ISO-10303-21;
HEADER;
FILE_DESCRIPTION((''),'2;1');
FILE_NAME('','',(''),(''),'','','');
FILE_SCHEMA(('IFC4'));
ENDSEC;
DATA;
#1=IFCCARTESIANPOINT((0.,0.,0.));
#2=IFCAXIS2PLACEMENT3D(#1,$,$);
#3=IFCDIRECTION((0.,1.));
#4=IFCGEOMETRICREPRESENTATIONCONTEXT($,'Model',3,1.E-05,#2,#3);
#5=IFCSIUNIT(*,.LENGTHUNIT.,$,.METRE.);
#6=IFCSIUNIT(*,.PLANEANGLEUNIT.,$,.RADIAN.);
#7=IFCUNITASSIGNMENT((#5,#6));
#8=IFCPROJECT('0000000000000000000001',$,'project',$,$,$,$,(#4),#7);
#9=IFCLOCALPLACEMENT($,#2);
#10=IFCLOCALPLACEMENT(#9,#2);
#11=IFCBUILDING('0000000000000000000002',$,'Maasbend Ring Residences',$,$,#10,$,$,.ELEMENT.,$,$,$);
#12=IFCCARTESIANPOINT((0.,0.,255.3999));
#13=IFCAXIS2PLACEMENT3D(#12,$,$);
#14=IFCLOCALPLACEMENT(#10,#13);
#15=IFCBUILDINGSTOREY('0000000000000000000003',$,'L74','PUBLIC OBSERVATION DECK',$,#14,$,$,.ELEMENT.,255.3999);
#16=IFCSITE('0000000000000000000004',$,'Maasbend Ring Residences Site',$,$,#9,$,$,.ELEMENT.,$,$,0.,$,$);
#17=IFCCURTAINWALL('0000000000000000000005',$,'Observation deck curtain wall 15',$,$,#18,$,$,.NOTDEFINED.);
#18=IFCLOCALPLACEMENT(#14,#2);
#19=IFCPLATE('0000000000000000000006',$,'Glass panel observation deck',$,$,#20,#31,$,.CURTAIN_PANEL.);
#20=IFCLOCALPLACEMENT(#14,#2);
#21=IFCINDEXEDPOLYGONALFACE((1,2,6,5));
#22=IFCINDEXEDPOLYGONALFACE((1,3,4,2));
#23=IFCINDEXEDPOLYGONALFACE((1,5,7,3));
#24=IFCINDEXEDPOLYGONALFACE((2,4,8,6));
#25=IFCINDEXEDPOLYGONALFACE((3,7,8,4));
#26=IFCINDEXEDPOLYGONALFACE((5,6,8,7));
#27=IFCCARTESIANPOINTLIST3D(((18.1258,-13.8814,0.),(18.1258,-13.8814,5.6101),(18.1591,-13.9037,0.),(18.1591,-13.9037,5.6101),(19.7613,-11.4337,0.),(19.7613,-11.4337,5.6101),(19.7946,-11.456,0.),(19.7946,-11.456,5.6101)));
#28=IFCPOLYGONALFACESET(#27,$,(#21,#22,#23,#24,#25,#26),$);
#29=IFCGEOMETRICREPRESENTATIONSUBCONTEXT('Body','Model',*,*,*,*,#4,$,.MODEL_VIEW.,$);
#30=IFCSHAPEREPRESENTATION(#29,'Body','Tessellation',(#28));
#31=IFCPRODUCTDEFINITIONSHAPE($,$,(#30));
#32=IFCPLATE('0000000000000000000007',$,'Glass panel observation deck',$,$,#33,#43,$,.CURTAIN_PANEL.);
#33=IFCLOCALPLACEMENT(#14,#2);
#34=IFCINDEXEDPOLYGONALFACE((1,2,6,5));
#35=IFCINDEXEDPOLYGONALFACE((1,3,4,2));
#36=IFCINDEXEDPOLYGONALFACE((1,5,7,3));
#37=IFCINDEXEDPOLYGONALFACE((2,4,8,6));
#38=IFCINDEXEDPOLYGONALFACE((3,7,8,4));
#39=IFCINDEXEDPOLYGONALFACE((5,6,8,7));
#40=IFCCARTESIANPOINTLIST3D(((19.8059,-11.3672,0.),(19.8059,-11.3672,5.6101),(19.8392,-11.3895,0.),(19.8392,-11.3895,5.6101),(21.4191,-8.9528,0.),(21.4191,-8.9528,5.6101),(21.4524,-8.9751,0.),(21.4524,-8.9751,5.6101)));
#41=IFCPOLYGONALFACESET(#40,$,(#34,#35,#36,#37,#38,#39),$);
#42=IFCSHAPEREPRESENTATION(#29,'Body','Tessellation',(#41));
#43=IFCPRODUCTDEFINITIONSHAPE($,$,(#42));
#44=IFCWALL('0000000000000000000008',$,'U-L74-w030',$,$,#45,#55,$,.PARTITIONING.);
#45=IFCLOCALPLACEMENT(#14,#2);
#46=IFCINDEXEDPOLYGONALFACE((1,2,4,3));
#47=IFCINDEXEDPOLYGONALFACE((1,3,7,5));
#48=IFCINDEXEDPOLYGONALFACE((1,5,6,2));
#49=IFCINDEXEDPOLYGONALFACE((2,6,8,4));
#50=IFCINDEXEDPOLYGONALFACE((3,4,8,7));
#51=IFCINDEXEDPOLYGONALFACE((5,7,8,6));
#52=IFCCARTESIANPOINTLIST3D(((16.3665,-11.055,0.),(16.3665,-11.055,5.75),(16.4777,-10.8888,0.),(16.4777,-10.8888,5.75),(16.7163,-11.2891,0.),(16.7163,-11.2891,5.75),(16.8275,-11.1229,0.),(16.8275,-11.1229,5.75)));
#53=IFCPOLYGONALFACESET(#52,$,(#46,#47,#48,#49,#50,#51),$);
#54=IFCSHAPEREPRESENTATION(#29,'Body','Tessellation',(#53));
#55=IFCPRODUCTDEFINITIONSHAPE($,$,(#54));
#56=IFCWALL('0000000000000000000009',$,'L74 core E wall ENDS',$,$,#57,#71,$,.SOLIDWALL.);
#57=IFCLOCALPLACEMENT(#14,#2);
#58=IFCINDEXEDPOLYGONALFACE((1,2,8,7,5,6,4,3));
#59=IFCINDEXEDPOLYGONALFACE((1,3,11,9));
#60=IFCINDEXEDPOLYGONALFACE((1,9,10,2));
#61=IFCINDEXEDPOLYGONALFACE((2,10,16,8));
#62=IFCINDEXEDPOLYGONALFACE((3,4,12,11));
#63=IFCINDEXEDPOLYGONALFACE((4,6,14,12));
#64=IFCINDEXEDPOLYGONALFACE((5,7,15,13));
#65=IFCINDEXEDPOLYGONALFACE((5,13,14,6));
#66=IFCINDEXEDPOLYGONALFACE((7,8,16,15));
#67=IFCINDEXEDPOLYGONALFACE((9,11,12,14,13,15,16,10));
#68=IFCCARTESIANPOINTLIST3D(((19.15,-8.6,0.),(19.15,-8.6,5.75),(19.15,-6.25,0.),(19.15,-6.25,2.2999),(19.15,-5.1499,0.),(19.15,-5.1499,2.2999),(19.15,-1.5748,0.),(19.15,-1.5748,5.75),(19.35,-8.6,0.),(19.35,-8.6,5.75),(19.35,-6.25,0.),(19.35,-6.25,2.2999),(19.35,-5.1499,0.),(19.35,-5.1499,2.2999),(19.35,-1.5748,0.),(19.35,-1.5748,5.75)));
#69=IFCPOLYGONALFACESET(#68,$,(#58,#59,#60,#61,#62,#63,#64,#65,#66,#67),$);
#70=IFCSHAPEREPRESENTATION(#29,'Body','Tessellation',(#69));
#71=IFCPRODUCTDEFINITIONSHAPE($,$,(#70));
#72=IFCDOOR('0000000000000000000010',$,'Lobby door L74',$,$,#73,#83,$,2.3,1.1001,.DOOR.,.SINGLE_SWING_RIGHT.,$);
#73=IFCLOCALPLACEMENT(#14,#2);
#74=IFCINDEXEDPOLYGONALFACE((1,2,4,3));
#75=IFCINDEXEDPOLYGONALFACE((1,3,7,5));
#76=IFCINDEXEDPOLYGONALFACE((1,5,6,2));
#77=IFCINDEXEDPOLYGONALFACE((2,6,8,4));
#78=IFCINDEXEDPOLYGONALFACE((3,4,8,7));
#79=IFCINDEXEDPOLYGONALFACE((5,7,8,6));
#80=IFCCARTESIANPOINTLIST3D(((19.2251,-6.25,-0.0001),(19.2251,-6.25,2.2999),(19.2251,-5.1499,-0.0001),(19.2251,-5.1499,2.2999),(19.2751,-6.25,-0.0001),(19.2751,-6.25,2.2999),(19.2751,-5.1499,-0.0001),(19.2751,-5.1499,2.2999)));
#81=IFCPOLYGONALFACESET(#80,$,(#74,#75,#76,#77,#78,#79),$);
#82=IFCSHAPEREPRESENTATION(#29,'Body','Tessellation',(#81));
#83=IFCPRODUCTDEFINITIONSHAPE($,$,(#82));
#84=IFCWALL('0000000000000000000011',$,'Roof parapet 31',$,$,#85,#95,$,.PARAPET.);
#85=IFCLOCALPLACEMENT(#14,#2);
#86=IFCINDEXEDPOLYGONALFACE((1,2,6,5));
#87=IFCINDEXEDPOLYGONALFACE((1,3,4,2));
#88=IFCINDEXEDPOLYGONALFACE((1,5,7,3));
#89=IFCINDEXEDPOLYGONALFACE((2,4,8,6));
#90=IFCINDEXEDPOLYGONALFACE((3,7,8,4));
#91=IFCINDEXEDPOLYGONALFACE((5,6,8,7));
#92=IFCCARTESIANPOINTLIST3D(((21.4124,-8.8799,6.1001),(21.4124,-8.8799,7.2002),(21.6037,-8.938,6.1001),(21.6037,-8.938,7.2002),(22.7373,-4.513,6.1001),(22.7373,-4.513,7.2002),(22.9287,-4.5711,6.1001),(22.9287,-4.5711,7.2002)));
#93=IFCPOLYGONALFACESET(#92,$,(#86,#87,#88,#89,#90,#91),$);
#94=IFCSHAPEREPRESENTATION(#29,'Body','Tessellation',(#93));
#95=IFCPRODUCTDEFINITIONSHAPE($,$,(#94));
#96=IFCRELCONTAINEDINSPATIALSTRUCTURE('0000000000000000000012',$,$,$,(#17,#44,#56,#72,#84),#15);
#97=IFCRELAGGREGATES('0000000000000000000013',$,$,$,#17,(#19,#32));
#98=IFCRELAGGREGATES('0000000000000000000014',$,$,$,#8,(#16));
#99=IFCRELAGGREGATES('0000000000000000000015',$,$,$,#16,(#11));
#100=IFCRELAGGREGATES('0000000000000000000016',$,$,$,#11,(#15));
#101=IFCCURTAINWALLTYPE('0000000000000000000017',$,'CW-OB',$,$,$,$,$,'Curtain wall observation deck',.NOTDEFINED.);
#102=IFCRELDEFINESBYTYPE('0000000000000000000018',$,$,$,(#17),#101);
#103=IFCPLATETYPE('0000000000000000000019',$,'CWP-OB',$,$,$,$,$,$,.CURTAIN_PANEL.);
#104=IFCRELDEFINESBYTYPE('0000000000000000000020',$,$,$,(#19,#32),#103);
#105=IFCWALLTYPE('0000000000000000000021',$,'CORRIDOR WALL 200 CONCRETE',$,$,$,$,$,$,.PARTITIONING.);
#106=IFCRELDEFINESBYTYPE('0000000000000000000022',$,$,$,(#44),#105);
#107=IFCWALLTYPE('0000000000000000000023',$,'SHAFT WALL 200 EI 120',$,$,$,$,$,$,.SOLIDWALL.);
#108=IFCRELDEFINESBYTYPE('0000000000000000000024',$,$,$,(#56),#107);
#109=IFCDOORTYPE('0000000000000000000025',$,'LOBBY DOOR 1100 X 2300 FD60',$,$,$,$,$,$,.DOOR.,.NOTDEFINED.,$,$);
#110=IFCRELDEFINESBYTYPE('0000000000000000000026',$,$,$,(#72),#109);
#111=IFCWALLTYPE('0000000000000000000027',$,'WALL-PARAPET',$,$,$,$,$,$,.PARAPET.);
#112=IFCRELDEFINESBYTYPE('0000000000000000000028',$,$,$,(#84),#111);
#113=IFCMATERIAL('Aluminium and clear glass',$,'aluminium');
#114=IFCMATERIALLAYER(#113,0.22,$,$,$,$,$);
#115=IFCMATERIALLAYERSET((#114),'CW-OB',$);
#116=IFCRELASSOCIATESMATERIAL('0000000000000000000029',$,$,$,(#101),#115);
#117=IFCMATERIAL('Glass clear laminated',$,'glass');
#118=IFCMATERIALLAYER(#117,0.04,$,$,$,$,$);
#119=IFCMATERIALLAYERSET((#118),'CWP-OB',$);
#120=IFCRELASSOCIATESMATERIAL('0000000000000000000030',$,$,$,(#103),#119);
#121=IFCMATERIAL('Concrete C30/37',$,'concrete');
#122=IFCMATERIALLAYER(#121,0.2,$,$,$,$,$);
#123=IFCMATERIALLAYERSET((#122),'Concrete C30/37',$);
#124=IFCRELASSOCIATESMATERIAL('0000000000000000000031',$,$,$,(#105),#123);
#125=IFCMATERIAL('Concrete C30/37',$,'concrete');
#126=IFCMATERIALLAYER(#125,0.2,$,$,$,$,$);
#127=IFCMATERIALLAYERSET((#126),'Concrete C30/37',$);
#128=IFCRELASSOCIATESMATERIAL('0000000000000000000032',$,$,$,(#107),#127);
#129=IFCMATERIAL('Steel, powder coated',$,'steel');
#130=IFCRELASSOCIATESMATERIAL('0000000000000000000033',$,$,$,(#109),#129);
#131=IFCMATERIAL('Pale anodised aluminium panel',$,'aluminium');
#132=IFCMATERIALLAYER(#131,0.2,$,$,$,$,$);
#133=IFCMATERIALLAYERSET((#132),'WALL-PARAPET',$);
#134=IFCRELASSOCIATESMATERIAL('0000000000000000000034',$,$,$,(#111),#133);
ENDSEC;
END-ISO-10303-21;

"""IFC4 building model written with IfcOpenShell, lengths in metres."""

from ifc_helpers import new_model, si_unit, direction, frame, frame_2d, origin, origin_2d, place, context, subcontext, project, spatial, rectangle, extrude, material, layer, layer_set, type_object, element, fill, aggregate, save


model = new_model("IFC4")

# Units and contexts
model_context = context("Model", 3, precision=1e-05, world=origin(), true_north=direction((0.0, 1.0)))
body_context = subcontext(model_context, "Body", "Model", "MODEL_VIEW")
ifc_project = project(units=[si_unit("LENGTHUNIT", "METRE"), si_unit("PLANEANGLEUNIT", "RADIAN")], contexts=[model_context])

# Site, building, storey
site_placement = place(None, origin())
site = spatial("IfcSite", under=ifc_project, at=site_placement, Name="Maasbend Ring Residences Site", CompositionType="ELEMENT", RefElevation=0.0)
building_placement = place(site_placement, origin())
building = spatial("IfcBuilding", under=site, at=building_placement, Name="Maasbend Ring Residences", CompositionType="ELEMENT")
storey_placement = place(building_placement, frame((0.0, 0.0, 255.3999)))
storey = spatial("IfcBuildingStorey", under=building, at=storey_placement, Name="L74", Description="PUBLIC OBSERVATION DECK", CompositionType="ELEMENT", Elevation=255.3999)

# Curtain wall
ifc_material_1 = material(Name="Aluminium and clear glass", Category="aluminium")
ifc_layer_1 = layer(ifc_material_1, 0.22)
ifc_layer_set_1 = layer_set([ifc_layer_1], Name="CW-OB")
curtain_wall_type = type_object("IfcCurtainWallType", Name="CW-OB", ElementType="Curtain wall observation deck", PredefinedType="NOTDEFINED", material=ifc_layer_set_1)
curtain_wall_1_placement = place(storey_placement, origin())
curtain_wall_1 = element("IfcCurtainWall", 1, at=curtain_wall_1_placement, inside=storey, type_object=curtain_wall_type, Name="Observation deck curtain wall 15", PredefinedType="NOTDEFINED")

# Plates
ifc_material_2 = material(Name="Glass clear laminated", Category="glass")
ifc_layer_2 = layer(ifc_material_2, 0.04)
ifc_layer_set_2 = layer_set([ifc_layer_2], Name="CWP-OB")
plate_type = type_object("IfcPlateType", Name="CWP-OB", PredefinedType="CURTAIN_PANEL", material=ifc_layer_set_2)
plate_1_placement = place(storey_placement, frame((18.9602, -12.6687, 0.0), z_axis=(0.0, 0.0, 1.0), x_axis=(0.55557, 0.83147, 0.0)))
plate_1 = element("IfcPlate", 2, at=plate_1_placement, type_object=plate_type, Name="Glass panel observation deck", PredefinedType="CURTAIN_PANEL", context=body_context, shape_type="SweptSolid", body=[
    extrude(rectangle(XDim=2.9438, YDim=0.04, at=origin_2d()), origin(), (0.0, 0.0, 1.0), 5.6101),
])
plate_2_placement = place(storey_placement, frame((20.6292, -10.1711, 0.0), z_axis=(0.0, 0.0, 1.0), x_axis=(0.55557, 0.83147, 0.0)))
plate_2 = element("IfcPlate", 3, at=plate_2_placement, type_object=plate_type, Name="Glass panel observation deck", PredefinedType="CURTAIN_PANEL", context=body_context, shape_type="SweptSolid", body=[
    extrude(rectangle(XDim=2.9038, YDim=0.04, at=origin_2d()), origin(), (0.0, 0.0, 1.0), 5.6101),
])
aggregate(curtain_wall_1, [plate_1, plate_2])

# Wall
ifc_material_3 = material(Name="Concrete C30/37", Category="concrete")
ifc_layer_3 = layer(ifc_material_3, 0.2)
ifc_layer_set_3 = layer_set([ifc_layer_3], Name="Concrete C30/37")
wall_type_1 = type_object("IfcWallType", Name="CORRIDOR WALL 200 CONCRETE", PredefinedType="PARTITIONING", material=ifc_layer_set_3)
wall_1_placement = place(storey_placement, frame((16.4221, -10.9719, 0.0), z_axis=(0.0, 0.0, 1.0), x_axis=(0.831068, -0.556172, 0.0)))
element("IfcWall", 4, at=wall_1_placement, inside=storey, type_object=wall_type_1, Name="U-L74-w030", PredefinedType="PARTITIONING", context=body_context, shape_type="SweptSolid", body=[
    extrude(rectangle(XDim=0.4209, YDim=0.2, at=frame_2d((0.2104, 0.0))), origin(), (0.0, 0.0, 1.0), 5.75),
])

# Wall, opening, door
ifc_material_4 = material(Name="Concrete C30/37", Category="concrete")
ifc_layer_4 = layer(ifc_material_4, 0.2)
ifc_layer_set_4 = layer_set([ifc_layer_4], Name="Concrete C30/37")
wall_type_2 = type_object("IfcWallType", Name="SHAFT WALL 200 EI 120", PredefinedType="SOLIDWALL", material=ifc_layer_set_4)
wall_2_placement = place(storey_placement, frame((19.25, -8.6001, 0.0), z_axis=(0.0, 0.0, 1.0), x_axis=(0.0, 1.0, 0.0)))
wall_2 = element("IfcWall", 5, at=wall_2_placement, inside=storey, type_object=wall_type_2, Name="L74 core E wall ENDS", PredefinedType="SOLIDWALL", context=body_context, shape_type="SweptSolid", body=[
    extrude(rectangle(XDim=7.0251, YDim=0.2, at=frame_2d((3.5127, 0.0))), origin(), (0.0, 0.0, 1.0), 5.75),
])
opening_placement = place(wall_2_placement, frame((2.3501, 0.0, 0.0)))
opening = element("IfcOpeningElement", 6, at=opening_placement, cuts=wall_2, PredefinedType="OPENING", context=body_context, shape_type="SweptSolid", body=[
    extrude(rectangle(XDim=1.1001, YDim=2.3, at=frame_2d((0.55, 1.1499))), frame((0.0, 0.1099, 0.0), z_axis=(0.0, -1.0, 0.0), x_axis=(1.0, 0.0, 0.0)), (0.0, 0.0, 1.0), 0.22),
])
ifc_material_5 = material(Name="Steel, powder coated", Category="steel")
door_type = type_object("IfcDoorType", Name="LOBBY DOOR 1100 X 2300 FD60", OperationType="NOTDEFINED", PredefinedType="DOOR", material=ifc_material_5)
door_placement = place(opening_placement, origin())
door = element("IfcDoor", 7, at=door_placement, inside=storey, type_object=door_type, Name="Lobby door L74", OperationType="SINGLE_SWING_RIGHT", OverallHeight=2.3, OverallWidth=1.1001, PredefinedType="DOOR", context=body_context, shape_type="SweptSolid", body=[
    extrude(rectangle(XDim=1.1001, YDim=2.3, at=frame_2d((0.55, 1.1499))), frame((0.0, 0.0249, 0.0), z_axis=(0.0, -1.0, 0.0), x_axis=(1.0, 0.0, 0.0)), (0.0, 0.0, 1.0), 0.05),
])
fill(opening, door)

# Wall
ifc_material_6 = material(Name="Pale anodised aluminium panel", Category="aluminium")
ifc_layer_5 = layer(ifc_material_6, 0.2)
ifc_layer_set_5 = layer_set([ifc_layer_5], Name="WALL-PARAPET")
wall_type_3 = type_object("IfcWallType", Name="WALL-PARAPET", PredefinedType="PARAPET", material=ifc_layer_set_5)
wall_3_placement = place(storey_placement, frame((21.5081, -8.9089, 6.1001), z_axis=(0.0, 0.0, 1.0), x_axis=(0.290336, 0.956925, 0.0)))
element("IfcWall", 8, at=wall_3_placement, inside=storey, type_object=wall_type_3, Name="Roof parapet 31", PredefinedType="PARAPET", context=body_context, shape_type="SweptSolid", body=[
    extrude(rectangle(XDim=4.5635, YDim=0.2, at=frame_2d((2.2817, 0.0))), origin(), (0.0, 0.0, 1.0), 1.1001),
])

save(model, "model.ifc")
